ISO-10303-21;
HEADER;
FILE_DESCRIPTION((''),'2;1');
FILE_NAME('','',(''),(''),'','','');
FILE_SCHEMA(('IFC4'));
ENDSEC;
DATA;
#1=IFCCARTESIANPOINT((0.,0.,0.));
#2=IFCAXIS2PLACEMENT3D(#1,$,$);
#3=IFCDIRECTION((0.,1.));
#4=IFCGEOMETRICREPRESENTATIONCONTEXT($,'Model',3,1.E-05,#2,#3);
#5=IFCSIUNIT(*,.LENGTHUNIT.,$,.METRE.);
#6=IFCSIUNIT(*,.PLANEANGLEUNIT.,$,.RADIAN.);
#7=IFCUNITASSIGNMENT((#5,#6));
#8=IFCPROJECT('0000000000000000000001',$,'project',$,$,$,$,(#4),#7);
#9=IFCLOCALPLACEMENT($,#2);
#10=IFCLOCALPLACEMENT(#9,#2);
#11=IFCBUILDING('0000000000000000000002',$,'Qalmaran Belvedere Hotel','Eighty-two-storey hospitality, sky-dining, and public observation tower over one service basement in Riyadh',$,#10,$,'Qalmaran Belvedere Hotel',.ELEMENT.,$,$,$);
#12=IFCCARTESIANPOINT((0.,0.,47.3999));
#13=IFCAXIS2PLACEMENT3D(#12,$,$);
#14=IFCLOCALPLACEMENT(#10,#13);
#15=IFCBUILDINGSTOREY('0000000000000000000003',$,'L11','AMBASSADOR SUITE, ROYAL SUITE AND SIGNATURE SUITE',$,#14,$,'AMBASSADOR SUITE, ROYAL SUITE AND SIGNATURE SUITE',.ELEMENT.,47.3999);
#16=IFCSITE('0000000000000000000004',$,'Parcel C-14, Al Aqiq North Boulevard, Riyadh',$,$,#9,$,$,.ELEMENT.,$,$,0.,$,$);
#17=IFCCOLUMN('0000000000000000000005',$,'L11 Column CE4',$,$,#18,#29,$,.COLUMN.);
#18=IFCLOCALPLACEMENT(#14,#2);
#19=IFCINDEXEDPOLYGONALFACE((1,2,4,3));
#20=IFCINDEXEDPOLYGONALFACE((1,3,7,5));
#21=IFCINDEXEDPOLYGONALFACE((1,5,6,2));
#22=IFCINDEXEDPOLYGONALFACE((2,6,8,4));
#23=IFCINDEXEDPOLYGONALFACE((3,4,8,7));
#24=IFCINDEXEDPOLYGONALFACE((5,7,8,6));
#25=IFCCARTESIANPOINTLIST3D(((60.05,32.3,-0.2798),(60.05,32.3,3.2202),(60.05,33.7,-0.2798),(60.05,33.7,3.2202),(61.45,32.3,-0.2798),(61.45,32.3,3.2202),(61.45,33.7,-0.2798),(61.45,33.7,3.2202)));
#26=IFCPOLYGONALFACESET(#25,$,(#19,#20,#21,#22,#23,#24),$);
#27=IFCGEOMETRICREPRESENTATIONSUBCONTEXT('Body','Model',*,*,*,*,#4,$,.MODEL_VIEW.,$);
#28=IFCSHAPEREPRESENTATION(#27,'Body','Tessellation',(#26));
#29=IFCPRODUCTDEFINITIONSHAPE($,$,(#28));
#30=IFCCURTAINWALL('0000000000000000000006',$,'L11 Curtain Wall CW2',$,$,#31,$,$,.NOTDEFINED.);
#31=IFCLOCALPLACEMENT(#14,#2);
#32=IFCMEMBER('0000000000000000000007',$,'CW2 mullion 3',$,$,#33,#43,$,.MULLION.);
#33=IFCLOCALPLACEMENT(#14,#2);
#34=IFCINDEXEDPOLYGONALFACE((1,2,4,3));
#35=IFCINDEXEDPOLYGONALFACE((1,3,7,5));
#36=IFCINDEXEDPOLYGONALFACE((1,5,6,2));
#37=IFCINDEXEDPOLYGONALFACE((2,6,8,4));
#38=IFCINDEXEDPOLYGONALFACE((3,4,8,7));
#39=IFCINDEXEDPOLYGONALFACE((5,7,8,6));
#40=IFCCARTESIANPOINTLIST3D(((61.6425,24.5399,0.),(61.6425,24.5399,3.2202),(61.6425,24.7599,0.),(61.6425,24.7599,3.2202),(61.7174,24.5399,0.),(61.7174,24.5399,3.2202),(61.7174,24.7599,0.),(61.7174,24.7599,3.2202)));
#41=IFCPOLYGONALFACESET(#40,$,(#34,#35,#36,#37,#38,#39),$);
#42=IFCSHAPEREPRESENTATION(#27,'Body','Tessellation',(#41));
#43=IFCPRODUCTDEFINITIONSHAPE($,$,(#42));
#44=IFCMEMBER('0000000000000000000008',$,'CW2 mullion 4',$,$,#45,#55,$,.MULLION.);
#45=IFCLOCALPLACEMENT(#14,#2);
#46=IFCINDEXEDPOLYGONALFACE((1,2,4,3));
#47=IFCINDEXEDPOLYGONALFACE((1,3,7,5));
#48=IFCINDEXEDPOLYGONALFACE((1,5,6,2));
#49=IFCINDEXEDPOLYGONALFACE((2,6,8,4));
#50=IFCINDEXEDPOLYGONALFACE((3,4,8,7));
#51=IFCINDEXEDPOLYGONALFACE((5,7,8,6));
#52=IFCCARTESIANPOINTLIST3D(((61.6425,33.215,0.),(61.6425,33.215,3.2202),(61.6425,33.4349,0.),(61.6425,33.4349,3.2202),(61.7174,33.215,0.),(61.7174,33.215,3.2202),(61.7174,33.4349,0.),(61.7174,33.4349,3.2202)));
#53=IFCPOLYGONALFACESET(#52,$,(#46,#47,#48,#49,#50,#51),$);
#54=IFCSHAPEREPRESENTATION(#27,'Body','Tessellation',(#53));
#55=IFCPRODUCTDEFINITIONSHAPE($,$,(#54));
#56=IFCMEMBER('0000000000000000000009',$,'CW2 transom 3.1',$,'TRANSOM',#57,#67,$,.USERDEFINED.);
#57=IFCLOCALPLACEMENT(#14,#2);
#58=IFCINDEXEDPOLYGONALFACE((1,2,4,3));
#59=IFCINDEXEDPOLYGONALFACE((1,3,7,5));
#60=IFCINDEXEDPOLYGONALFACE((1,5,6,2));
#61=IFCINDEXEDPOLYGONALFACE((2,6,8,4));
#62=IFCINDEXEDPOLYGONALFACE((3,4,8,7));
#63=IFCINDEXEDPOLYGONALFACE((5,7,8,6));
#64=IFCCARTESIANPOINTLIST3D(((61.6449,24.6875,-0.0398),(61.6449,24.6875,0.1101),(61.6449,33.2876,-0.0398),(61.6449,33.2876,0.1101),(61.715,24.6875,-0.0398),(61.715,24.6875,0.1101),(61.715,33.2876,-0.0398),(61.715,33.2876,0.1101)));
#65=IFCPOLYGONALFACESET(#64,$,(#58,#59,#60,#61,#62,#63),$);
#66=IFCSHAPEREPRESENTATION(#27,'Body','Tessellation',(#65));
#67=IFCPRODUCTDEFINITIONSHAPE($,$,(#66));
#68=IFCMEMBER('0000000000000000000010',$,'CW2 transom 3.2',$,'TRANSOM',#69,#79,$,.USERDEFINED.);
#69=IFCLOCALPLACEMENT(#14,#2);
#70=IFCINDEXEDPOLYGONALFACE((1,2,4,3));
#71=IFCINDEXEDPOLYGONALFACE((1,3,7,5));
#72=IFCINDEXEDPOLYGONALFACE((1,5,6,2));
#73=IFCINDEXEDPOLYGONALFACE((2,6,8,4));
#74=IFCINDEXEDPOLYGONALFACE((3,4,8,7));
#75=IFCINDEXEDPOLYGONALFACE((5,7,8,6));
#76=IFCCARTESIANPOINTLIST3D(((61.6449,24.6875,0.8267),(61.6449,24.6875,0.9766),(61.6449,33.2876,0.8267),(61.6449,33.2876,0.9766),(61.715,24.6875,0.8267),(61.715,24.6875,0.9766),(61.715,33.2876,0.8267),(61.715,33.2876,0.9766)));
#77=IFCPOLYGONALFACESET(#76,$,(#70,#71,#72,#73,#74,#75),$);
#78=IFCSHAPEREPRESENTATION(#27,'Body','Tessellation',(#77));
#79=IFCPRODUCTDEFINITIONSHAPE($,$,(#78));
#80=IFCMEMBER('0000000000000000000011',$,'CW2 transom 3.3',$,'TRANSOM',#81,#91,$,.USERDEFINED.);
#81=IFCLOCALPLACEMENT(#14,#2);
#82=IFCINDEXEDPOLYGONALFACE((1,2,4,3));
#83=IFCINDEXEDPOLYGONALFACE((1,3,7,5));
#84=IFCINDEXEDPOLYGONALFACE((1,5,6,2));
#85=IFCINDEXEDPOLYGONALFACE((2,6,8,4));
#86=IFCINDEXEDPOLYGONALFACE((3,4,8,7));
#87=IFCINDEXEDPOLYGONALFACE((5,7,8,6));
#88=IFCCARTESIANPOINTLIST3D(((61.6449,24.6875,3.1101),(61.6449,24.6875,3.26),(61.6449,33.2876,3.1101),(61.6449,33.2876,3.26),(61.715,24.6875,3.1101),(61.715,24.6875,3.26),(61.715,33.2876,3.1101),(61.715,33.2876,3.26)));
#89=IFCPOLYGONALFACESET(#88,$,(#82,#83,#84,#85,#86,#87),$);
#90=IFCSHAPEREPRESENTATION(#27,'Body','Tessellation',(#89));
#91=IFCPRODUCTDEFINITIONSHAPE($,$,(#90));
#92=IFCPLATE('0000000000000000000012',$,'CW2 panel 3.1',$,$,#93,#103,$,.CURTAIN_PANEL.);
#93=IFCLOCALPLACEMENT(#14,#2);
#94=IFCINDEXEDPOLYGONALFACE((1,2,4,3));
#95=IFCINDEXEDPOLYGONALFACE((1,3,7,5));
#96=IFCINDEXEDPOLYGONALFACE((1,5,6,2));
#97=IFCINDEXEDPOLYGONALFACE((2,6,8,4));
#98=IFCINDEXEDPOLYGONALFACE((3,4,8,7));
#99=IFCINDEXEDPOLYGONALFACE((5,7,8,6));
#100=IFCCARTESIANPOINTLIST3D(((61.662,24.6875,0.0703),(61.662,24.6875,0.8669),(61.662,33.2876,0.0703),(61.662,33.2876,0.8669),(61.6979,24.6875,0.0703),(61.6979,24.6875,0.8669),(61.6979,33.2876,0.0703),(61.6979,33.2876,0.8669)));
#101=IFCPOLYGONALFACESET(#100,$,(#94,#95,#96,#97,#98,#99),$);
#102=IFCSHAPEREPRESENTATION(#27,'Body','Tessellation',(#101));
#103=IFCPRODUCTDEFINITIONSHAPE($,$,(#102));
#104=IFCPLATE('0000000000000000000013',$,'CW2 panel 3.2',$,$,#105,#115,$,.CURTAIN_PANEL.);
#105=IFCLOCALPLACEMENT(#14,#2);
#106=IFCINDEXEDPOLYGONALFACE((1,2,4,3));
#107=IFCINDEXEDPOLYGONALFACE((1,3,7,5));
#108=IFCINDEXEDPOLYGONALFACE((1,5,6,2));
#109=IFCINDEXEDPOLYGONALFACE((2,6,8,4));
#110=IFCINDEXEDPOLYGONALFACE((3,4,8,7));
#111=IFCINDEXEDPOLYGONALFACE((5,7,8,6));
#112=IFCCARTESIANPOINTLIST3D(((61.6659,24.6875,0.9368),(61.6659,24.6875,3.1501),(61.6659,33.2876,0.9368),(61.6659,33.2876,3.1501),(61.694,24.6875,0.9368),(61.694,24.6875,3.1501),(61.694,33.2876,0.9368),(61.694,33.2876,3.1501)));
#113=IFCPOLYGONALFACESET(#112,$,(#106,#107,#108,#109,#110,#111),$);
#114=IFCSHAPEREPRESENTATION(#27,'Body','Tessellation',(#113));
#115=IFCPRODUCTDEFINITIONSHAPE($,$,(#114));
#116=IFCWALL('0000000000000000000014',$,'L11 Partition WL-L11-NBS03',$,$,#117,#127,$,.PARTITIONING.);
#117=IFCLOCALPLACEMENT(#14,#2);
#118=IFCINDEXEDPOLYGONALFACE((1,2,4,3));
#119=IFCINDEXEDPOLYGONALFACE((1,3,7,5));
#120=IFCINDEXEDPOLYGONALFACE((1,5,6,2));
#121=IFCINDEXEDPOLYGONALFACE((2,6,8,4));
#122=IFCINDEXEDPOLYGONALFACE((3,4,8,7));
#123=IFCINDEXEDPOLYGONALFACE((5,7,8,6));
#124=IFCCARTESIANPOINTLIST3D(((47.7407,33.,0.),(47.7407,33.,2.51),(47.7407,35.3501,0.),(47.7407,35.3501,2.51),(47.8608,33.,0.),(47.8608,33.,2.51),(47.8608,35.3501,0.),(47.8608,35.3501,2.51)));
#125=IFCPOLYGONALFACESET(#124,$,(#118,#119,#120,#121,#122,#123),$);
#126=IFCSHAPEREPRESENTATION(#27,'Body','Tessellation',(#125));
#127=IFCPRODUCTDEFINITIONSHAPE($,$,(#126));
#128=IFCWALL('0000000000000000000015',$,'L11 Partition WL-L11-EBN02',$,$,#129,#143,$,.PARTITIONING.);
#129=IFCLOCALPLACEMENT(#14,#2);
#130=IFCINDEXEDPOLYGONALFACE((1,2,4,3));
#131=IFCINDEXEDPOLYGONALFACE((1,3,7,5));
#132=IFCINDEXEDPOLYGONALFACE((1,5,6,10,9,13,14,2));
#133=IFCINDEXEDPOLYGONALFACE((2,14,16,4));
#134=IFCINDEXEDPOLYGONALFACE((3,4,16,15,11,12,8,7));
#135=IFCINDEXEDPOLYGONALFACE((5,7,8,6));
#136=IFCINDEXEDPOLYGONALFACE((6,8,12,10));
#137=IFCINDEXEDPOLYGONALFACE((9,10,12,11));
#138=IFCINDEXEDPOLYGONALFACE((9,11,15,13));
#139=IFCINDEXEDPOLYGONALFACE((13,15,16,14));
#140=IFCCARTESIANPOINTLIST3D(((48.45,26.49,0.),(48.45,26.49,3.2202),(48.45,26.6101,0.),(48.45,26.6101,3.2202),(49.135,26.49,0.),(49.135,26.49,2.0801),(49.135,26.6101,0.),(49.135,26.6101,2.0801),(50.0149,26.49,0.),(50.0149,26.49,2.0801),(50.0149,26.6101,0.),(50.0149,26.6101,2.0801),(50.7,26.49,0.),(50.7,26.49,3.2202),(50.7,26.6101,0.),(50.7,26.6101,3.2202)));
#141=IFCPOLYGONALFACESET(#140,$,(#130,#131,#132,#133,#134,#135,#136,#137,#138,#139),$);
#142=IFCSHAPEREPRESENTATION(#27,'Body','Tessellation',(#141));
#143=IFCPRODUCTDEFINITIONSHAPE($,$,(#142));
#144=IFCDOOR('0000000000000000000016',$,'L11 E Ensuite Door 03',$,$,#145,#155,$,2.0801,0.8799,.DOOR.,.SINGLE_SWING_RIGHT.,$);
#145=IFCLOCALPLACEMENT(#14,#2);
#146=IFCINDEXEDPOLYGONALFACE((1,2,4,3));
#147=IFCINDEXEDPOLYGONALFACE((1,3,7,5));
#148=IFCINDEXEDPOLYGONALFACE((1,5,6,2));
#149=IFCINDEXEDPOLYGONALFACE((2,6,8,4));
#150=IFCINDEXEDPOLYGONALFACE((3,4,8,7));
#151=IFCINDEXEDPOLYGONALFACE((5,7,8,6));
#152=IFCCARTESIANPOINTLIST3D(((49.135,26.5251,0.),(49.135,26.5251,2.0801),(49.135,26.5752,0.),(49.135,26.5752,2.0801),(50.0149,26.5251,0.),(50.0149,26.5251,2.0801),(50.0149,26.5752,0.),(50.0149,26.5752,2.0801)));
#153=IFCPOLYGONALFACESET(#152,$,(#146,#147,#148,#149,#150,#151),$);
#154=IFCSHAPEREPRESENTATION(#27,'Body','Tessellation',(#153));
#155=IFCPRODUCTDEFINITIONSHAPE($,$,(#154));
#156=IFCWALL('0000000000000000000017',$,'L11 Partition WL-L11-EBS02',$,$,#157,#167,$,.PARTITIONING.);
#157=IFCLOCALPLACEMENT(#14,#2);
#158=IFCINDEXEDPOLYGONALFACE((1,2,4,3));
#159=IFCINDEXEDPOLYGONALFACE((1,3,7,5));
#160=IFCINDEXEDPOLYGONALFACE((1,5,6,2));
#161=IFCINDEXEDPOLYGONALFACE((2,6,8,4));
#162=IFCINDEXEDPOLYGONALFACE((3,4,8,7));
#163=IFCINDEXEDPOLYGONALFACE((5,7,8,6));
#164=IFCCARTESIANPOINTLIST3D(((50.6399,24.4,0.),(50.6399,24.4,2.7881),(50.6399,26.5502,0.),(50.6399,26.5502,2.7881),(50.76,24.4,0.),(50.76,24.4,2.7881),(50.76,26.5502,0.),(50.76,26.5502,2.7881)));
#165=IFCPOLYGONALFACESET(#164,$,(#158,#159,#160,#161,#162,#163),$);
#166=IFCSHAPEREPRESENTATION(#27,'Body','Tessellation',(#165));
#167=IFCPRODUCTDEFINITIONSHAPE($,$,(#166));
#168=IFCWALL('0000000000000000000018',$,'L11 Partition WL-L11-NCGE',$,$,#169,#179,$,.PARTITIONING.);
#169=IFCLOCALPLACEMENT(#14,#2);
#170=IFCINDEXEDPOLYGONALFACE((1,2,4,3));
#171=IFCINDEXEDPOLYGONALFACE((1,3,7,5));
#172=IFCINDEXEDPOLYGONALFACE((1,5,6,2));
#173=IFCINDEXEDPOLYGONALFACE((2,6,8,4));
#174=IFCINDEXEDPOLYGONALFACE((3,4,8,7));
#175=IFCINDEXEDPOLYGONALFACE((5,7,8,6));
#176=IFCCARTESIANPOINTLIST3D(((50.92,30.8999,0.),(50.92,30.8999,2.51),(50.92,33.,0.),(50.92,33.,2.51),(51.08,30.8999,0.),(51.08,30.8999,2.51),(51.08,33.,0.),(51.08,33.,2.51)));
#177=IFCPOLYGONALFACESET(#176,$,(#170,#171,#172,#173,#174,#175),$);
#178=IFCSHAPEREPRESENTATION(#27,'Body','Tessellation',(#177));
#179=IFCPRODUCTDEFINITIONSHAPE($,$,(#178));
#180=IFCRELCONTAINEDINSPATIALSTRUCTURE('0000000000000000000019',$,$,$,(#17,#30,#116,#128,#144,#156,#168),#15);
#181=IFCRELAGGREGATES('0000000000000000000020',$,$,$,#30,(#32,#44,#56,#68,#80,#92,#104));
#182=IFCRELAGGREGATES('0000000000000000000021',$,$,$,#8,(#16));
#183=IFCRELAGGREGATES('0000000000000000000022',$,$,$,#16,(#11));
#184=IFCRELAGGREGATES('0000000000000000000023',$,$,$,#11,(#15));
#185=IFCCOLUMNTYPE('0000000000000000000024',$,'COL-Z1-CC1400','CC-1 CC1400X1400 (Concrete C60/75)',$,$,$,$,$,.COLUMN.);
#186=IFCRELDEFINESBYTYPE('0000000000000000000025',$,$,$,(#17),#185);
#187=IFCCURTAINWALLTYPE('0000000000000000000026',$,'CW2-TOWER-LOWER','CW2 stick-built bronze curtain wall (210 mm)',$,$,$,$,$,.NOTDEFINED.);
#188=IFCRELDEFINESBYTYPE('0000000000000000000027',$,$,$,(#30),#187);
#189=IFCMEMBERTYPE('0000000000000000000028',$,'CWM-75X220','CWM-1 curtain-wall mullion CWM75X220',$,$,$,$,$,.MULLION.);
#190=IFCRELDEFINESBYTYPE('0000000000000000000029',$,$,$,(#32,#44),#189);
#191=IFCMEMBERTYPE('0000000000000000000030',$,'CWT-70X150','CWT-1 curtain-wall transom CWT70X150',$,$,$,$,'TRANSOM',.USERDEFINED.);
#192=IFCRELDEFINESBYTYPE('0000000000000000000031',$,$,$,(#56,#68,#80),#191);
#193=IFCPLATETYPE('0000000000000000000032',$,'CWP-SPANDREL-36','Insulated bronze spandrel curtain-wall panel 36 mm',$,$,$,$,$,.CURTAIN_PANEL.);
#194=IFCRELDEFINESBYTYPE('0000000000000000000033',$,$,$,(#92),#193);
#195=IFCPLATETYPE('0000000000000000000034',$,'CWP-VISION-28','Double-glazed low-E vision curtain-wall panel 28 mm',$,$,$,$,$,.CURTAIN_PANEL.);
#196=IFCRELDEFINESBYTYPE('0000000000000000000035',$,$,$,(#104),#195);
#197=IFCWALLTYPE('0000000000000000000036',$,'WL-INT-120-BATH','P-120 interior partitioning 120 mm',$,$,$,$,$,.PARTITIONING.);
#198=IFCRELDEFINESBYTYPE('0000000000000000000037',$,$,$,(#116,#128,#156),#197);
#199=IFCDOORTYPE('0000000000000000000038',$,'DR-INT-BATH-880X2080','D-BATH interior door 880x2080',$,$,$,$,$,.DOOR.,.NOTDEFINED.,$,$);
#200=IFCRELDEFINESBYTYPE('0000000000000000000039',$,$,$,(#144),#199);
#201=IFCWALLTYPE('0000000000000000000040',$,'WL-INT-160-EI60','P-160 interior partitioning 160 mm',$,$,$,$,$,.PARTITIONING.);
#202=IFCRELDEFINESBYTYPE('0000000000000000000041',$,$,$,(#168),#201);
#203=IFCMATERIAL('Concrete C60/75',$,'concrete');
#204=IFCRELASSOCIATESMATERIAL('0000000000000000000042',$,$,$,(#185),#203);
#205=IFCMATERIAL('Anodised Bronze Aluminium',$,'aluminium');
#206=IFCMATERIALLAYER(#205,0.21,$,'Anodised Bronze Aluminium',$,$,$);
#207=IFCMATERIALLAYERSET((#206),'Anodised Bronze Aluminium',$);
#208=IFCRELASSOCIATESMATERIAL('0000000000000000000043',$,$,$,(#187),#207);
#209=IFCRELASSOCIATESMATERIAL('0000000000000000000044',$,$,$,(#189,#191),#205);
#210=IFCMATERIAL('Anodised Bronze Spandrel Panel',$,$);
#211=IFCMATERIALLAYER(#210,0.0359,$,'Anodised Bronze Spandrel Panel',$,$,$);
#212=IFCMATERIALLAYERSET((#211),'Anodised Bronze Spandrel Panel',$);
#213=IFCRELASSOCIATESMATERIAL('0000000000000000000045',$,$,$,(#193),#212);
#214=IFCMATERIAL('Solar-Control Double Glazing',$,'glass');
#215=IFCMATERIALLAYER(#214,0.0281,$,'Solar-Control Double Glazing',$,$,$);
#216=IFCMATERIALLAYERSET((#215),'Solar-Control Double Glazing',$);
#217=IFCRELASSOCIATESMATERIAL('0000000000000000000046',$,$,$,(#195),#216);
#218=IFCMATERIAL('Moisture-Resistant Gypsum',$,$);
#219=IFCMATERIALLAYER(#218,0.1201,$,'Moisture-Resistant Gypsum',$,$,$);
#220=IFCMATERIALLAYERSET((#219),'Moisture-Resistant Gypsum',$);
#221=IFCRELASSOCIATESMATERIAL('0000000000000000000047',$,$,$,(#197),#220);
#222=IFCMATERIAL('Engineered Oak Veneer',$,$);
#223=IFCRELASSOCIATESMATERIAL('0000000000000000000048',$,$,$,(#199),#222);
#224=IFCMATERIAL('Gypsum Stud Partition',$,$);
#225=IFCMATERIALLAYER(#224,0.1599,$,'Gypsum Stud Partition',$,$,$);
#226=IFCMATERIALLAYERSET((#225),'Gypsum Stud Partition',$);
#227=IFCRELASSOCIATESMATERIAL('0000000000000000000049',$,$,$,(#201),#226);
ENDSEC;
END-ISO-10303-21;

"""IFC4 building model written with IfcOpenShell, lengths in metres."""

from ifc_helpers import new_model, si_unit, direction, frame, frame_2d, origin, origin_2d, place, context, subcontext, project, spatial, rectangle, extrude, material, layer, layer_set, material_profile, profile_set, type_object, element, fill, aggregate, save


model = new_model("IFC4")

# Units and contexts
model_context = context("Model", 3, precision=1e-05, world=origin(), true_north=direction((0.0, 1.0)))
body_context = subcontext(model_context, "Body", "Model", "MODEL_VIEW")
ifc_project = project(units=[si_unit("LENGTHUNIT", "METRE"), si_unit("PLANEANGLEUNIT", "RADIAN")], contexts=[model_context])

# Site, building, storey
site_placement = place(None, origin())
site = spatial("IfcSite", under=ifc_project, at=site_placement, Name="Parcel C-14, Al Aqiq North Boulevard, Riyadh", CompositionType="ELEMENT", RefElevation=0.0)
building_placement = place(site_placement, origin())
building = spatial("IfcBuilding", under=site, at=building_placement, Name="Qalmaran Belvedere Hotel", Description="Eighty-two-storey hospitality, sky-dining, and public observation tower over one service basement in Riyadh", LongName="Qalmaran Belvedere Hotel", CompositionType="ELEMENT")
storey_placement = place(building_placement, frame((0.0, 0.0, 47.3999)))
storey = spatial("IfcBuildingStorey", under=building, at=storey_placement, Name="L11", Description="AMBASSADOR SUITE, ROYAL SUITE AND SIGNATURE SUITE", LongName="AMBASSADOR SUITE, ROYAL SUITE AND SIGNATURE SUITE", CompositionType="ELEMENT", Elevation=47.3999)

# Column
ifc_material_1 = material(Name="Concrete C60/75", Category="concrete")
ifc_material_profile_1 = material_profile(ifc_material_1, rectangle(XDim=1.3999, YDim=1.3999, at=origin_2d()), Name="CC1400X1400")
ifc_profile_set_1 = profile_set([ifc_material_profile_1], Name="Concrete C60/75")
column_type = type_object("IfcColumnType", Name="COL-Z1-CC1400", Description="CC-1 CC1400X1400 (Concrete C60/75)", PredefinedType="COLUMN", material=ifc_profile_set_1)
column_placement = place(storey_placement, frame((60.75, 33.0, -0.2798), z_axis=(0.0, 0.0, 1.0), x_axis=(1.0, 0.0, 0.0)))
element("IfcColumn", 1, at=column_placement, inside=storey, type_object=column_type, Name="L11 Column CE4", PredefinedType="COLUMN", context=body_context, shape_type="SweptSolid", body=[
    extrude(rectangle(XDim=1.3999, YDim=1.3999, at=origin_2d()), origin(), (0.0, 0.0, 1.0), 3.5),
])

# Curtain wall, members, plates
ifc_material_2 = material(Name="Anodised Bronze Aluminium", Category="aluminium")
ifc_layer_1 = layer(ifc_material_2, 0.21, Name="Anodised Bronze Aluminium")
ifc_layer_set_1 = layer_set([ifc_layer_1], Name="Anodised Bronze Aluminium")
curtain_wall_type = type_object("IfcCurtainWallType", Name="CW2-TOWER-LOWER", Description="CW2 stick-built bronze curtain wall (210 mm)", PredefinedType="NOTDEFINED", material=ifc_layer_set_1)
curtain_wall_placement = place(storey_placement, origin())
curtain_wall = element("IfcCurtainWall", 2, at=curtain_wall_placement, inside=storey, type_object=curtain_wall_type, Name="L11 Curtain Wall CW2", PredefinedType="NOTDEFINED")
ifc_material_profile_2 = material_profile(ifc_material_2, rectangle(XDim=0.075, YDim=0.22, at=origin_2d()), Name="CWM75X220")
ifc_profile_set_2 = profile_set([ifc_material_profile_2], Name="Anodised Bronze Aluminium")
member_type_1 = type_object("IfcMemberType", Name="CWM-75X220", Description="CWM-1 curtain-wall mullion CWM75X220", PredefinedType="MULLION", material=ifc_profile_set_2)
member_1_placement = place(storey_placement, frame((61.6799, 24.6499, 0.0), z_axis=(0.0, 0.0, 1.0), x_axis=(-1.0, 0.0, 0.0)))
member_1 = element("IfcMember", 3, at=member_1_placement, type_object=member_type_1, Name="CW2 mullion 3", PredefinedType="MULLION", context=body_context, shape_type="SweptSolid", body=[
    extrude(rectangle(XDim=0.075, YDim=0.22, at=origin_2d()), origin(), (0.0, 0.0, 1.0), 3.2202),
])
member_2_placement = place(storey_placement, frame((61.6799, 33.325, 0.0), z_axis=(0.0, 0.0, 1.0), x_axis=(-1.0, 0.0, 0.0)))
member_2 = element("IfcMember", 4, at=member_2_placement, type_object=member_type_1, Name="CW2 mullion 4", PredefinedType="MULLION", context=body_context, shape_type="SweptSolid", body=[
    extrude(rectangle(XDim=0.075, YDim=0.22, at=origin_2d()), origin(), (0.0, 0.0, 1.0), 3.2202),
])
ifc_material_profile_3 = material_profile(ifc_material_2, rectangle(XDim=0.0701, YDim=0.1499, at=origin_2d()), Name="CWT70X150")
ifc_profile_set_3 = profile_set([ifc_material_profile_3], Name="Anodised Bronze Aluminium")
member_type_2 = type_object("IfcMemberType", Name="CWT-70X150", Description="CWT-1 curtain-wall transom CWT70X150", ElementType="TRANSOM", PredefinedType="USERDEFINED", material=ifc_profile_set_3)
member_3_placement = place(storey_placement, frame((61.6799, 24.6875, 0.0352), z_axis=(0.0, 1.0, 0.0), x_axis=(-1.0, 0.0, 0.0)))
member_3 = element("IfcMember", 5, at=member_3_placement, type_object=member_type_2, Name="CW2 transom 3.1", ObjectType="TRANSOM", PredefinedType="USERDEFINED", context=body_context, shape_type="SweptSolid", body=[
    extrude(rectangle(XDim=0.0701, YDim=0.1499, at=origin_2d()), origin(), (0.0, 0.0, 1.0), 8.6001),
])
member_4_placement = place(storey_placement, frame((61.6799, 24.6875, 0.9016), z_axis=(0.0, 1.0, 0.0), x_axis=(-1.0, 0.0, 0.0)))
member_4 = element("IfcMember", 6, at=member_4_placement, type_object=member_type_2, Name="CW2 transom 3.2", ObjectType="TRANSOM", PredefinedType="USERDEFINED", context=body_context, shape_type="SweptSolid", body=[
    extrude(rectangle(XDim=0.0701, YDim=0.1499, at=origin_2d()), origin(), (0.0, 0.0, 1.0), 8.6001),
])
member_5_placement = place(storey_placement, frame((61.6799, 24.6875, 3.1851), z_axis=(0.0, 1.0, 0.0), x_axis=(-1.0, 0.0, 0.0)))
member_5 = element("IfcMember", 7, at=member_5_placement, type_object=member_type_2, Name="CW2 transom 3.3", ObjectType="TRANSOM", PredefinedType="USERDEFINED", context=body_context, shape_type="SweptSolid", body=[
    extrude(rectangle(XDim=0.0701, YDim=0.1499, at=origin_2d()), origin(), (0.0, 0.0, 1.0), 8.6001),
])
ifc_material_3 = material(Name="Anodised Bronze Spandrel Panel")
ifc_layer_2 = layer(ifc_material_3, 0.0359, Name="Anodised Bronze Spandrel Panel")
ifc_layer_set_2 = layer_set([ifc_layer_2], Name="Anodised Bronze Spandrel Panel")
plate_type_1 = type_object("IfcPlateType", Name="CWP-SPANDREL-36", Description="Insulated bronze spandrel curtain-wall panel 36 mm", PredefinedType="CURTAIN_PANEL", material=ifc_layer_set_2)
plate_1_placement = place(storey_placement, frame((61.6799, 28.9875, 0.0703), z_axis=(0.0, 0.0, 1.0), x_axis=(0.0, 1.0, 0.0)))
plate_1 = element("IfcPlate", 8, at=plate_1_placement, type_object=plate_type_1, Name="CW2 panel 3.1", PredefinedType="CURTAIN_PANEL", context=body_context, shape_type="SweptSolid", body=[
    extrude(rectangle(XDim=8.6001, YDim=0.0359, at=origin_2d()), origin(), (0.0, 0.0, 1.0), 0.7966),
])
ifc_material_4 = material(Name="Solar-Control Double Glazing", Category="glass")
ifc_layer_3 = layer(ifc_material_4, 0.0281, Name="Solar-Control Double Glazing")
ifc_layer_set_3 = layer_set([ifc_layer_3], Name="Solar-Control Double Glazing")
plate_type_2 = type_object("IfcPlateType", Name="CWP-VISION-28", Description="Double-glazed low-E vision curtain-wall panel 28 mm", PredefinedType="CURTAIN_PANEL", material=ifc_layer_set_3)
plate_2_placement = place(storey_placement, frame((61.6799, 28.9875, 0.9368), z_axis=(0.0, 0.0, 1.0), x_axis=(0.0, 1.0, 0.0)))
plate_2 = element("IfcPlate", 9, at=plate_2_placement, type_object=plate_type_2, Name="CW2 panel 3.2", PredefinedType="CURTAIN_PANEL", context=body_context, shape_type="SweptSolid", body=[
    extrude(rectangle(XDim=8.6001, YDim=0.0281, at=origin_2d()), origin(), (0.0, 0.0, 1.0), 2.2134),
])
aggregate(curtain_wall, [member_1, member_2, member_3, member_4, member_5, plate_1, plate_2])

# Wall
ifc_material_5 = material(Name="Moisture-Resistant Gypsum")
ifc_layer_4 = layer(ifc_material_5, 0.1201, Name="Moisture-Resistant Gypsum")
ifc_layer_set_4 = layer_set([ifc_layer_4], Name="Moisture-Resistant Gypsum")
wall_type_1 = type_object("IfcWallType", Name="WL-INT-120-BATH", Description="P-120 interior partitioning 120 mm", PredefinedType="PARTITIONING", material=ifc_layer_set_4)
wall_1_placement = place(storey_placement, frame((47.8008, 33.0, 0.0), z_axis=(0.0, 0.0, 1.0), x_axis=(0.0, 1.0, 0.0)))
element("IfcWall", 10, at=wall_1_placement, inside=storey, type_object=wall_type_1, Name="L11 Partition WL-L11-NBS03", PredefinedType="PARTITIONING", context=body_context, shape_type="SweptSolid", body=[
    extrude(rectangle(XDim=2.3501, YDim=0.1201, at=frame_2d((1.175, 0.0))), origin(), (0.0, 0.0, 1.0), 2.51),
])

# Wall, opening, door
wall_2_placement = place(storey_placement, frame((48.45, 26.55, 0.0), z_axis=(0.0, 0.0, 1.0), x_axis=(1.0, 0.0, 0.0)))
wall_2 = element("IfcWall", 11, at=wall_2_placement, inside=storey, type_object=wall_type_1, Name="L11 Partition WL-L11-EBN02", PredefinedType="PARTITIONING", context=body_context, shape_type="SweptSolid", body=[
    extrude(rectangle(XDim=2.25, YDim=0.1201, at=frame_2d((1.125, 0.0))), origin(), (0.0, 0.0, 1.0), 3.2202),
])
opening_1_placement = place(wall_2_placement, frame((1.5649, 0.0, 0.0), z_axis=(0.0, 0.0, 1.0), x_axis=(-1.0, 0.0, 0.0)))
opening_1 = element("IfcOpeningElement", 12, at=opening_1_placement, cuts=wall_2, PredefinedType="OPENING", context=body_context, shape_type="SweptSolid", body=[
    extrude(rectangle(XDim=0.8799, YDim=2.0801, at=frame_2d((0.4399, 1.04))), frame((0.0, 0.0701, 0.0), z_axis=(0.0, -1.0, 0.0), x_axis=(1.0, 0.0, 0.0)), (0.0, 0.0, 1.0), 0.1401),
])
ifc_material_6 = material(Name="Engineered Oak Veneer")
door_type_1 = type_object("IfcDoorType", Name="DR-INT-BATH-880X2080", Description="D-BATH interior door 880x2080", OperationType="NOTDEFINED", PredefinedType="DOOR", material=ifc_material_6)
door_1_placement = place(opening_1_placement, origin())
door_1 = element("IfcDoor", 13, at=door_1_placement, inside=storey, type_object=door_type_1, Name="L11 E Ensuite Door 03", OperationType="SINGLE_SWING_RIGHT", OverallHeight=2.0801, OverallWidth=0.8799, PredefinedType="DOOR", context=body_context, shape_type="SweptSolid", body=[
    extrude(rectangle(XDim=0.8799, YDim=2.0801, at=frame_2d((0.4399, 1.04))), frame((0.0, 0.0249, 0.0), z_axis=(0.0, -1.0, 0.0), x_axis=(1.0, 0.0, 0.0)), (0.0, 0.0, 1.0), 0.05),
])
fill(opening_1, door_1)

# Wall
wall_3_placement = place(storey_placement, frame((50.7, 24.3999, 0.0), z_axis=(0.0, 0.0, 1.0), x_axis=(0.0, 1.0, 0.0)))
element("IfcWall", 14, at=wall_3_placement, inside=storey, type_object=wall_type_1, Name="L11 Partition WL-L11-EBS02", PredefinedType="PARTITIONING", context=body_context, shape_type="SweptSolid", body=[
    extrude(rectangle(XDim=2.1501, YDim=0.1201, at=frame_2d((1.0752, 0.0))), origin(), (0.0, 0.0, 1.0), 2.7881),
])

# Shared definitions
ifc_material_7 = material(Name="Gypsum Stud Partition")

# Wall
ifc_layer_5 = layer(ifc_material_7, 0.1599, Name="Gypsum Stud Partition")
ifc_layer_set_5 = layer_set([ifc_layer_5], Name="Gypsum Stud Partition")
wall_type_2 = type_object("IfcWallType", Name="WL-INT-160-EI60", Description="P-160 interior partitioning 160 mm", PredefinedType="PARTITIONING", material=ifc_layer_set_5)
wall_4_placement = place(storey_placement, frame((51.0, 30.8999, 0.0), z_axis=(0.0, 0.0, 1.0), x_axis=(0.0, 1.0, 0.0)))
element("IfcWall", 15, at=wall_4_placement, inside=storey, type_object=wall_type_2, Name="L11 Partition WL-L11-NCGE", PredefinedType="PARTITIONING", context=body_context, shape_type="SweptSolid", body=[
    extrude(rectangle(XDim=2.1001, YDim=0.1599, at=frame_2d((1.05, 0.0))), origin(), (0.0, 0.0, 1.0), 2.51),
])

save(model, "model.ifc")
